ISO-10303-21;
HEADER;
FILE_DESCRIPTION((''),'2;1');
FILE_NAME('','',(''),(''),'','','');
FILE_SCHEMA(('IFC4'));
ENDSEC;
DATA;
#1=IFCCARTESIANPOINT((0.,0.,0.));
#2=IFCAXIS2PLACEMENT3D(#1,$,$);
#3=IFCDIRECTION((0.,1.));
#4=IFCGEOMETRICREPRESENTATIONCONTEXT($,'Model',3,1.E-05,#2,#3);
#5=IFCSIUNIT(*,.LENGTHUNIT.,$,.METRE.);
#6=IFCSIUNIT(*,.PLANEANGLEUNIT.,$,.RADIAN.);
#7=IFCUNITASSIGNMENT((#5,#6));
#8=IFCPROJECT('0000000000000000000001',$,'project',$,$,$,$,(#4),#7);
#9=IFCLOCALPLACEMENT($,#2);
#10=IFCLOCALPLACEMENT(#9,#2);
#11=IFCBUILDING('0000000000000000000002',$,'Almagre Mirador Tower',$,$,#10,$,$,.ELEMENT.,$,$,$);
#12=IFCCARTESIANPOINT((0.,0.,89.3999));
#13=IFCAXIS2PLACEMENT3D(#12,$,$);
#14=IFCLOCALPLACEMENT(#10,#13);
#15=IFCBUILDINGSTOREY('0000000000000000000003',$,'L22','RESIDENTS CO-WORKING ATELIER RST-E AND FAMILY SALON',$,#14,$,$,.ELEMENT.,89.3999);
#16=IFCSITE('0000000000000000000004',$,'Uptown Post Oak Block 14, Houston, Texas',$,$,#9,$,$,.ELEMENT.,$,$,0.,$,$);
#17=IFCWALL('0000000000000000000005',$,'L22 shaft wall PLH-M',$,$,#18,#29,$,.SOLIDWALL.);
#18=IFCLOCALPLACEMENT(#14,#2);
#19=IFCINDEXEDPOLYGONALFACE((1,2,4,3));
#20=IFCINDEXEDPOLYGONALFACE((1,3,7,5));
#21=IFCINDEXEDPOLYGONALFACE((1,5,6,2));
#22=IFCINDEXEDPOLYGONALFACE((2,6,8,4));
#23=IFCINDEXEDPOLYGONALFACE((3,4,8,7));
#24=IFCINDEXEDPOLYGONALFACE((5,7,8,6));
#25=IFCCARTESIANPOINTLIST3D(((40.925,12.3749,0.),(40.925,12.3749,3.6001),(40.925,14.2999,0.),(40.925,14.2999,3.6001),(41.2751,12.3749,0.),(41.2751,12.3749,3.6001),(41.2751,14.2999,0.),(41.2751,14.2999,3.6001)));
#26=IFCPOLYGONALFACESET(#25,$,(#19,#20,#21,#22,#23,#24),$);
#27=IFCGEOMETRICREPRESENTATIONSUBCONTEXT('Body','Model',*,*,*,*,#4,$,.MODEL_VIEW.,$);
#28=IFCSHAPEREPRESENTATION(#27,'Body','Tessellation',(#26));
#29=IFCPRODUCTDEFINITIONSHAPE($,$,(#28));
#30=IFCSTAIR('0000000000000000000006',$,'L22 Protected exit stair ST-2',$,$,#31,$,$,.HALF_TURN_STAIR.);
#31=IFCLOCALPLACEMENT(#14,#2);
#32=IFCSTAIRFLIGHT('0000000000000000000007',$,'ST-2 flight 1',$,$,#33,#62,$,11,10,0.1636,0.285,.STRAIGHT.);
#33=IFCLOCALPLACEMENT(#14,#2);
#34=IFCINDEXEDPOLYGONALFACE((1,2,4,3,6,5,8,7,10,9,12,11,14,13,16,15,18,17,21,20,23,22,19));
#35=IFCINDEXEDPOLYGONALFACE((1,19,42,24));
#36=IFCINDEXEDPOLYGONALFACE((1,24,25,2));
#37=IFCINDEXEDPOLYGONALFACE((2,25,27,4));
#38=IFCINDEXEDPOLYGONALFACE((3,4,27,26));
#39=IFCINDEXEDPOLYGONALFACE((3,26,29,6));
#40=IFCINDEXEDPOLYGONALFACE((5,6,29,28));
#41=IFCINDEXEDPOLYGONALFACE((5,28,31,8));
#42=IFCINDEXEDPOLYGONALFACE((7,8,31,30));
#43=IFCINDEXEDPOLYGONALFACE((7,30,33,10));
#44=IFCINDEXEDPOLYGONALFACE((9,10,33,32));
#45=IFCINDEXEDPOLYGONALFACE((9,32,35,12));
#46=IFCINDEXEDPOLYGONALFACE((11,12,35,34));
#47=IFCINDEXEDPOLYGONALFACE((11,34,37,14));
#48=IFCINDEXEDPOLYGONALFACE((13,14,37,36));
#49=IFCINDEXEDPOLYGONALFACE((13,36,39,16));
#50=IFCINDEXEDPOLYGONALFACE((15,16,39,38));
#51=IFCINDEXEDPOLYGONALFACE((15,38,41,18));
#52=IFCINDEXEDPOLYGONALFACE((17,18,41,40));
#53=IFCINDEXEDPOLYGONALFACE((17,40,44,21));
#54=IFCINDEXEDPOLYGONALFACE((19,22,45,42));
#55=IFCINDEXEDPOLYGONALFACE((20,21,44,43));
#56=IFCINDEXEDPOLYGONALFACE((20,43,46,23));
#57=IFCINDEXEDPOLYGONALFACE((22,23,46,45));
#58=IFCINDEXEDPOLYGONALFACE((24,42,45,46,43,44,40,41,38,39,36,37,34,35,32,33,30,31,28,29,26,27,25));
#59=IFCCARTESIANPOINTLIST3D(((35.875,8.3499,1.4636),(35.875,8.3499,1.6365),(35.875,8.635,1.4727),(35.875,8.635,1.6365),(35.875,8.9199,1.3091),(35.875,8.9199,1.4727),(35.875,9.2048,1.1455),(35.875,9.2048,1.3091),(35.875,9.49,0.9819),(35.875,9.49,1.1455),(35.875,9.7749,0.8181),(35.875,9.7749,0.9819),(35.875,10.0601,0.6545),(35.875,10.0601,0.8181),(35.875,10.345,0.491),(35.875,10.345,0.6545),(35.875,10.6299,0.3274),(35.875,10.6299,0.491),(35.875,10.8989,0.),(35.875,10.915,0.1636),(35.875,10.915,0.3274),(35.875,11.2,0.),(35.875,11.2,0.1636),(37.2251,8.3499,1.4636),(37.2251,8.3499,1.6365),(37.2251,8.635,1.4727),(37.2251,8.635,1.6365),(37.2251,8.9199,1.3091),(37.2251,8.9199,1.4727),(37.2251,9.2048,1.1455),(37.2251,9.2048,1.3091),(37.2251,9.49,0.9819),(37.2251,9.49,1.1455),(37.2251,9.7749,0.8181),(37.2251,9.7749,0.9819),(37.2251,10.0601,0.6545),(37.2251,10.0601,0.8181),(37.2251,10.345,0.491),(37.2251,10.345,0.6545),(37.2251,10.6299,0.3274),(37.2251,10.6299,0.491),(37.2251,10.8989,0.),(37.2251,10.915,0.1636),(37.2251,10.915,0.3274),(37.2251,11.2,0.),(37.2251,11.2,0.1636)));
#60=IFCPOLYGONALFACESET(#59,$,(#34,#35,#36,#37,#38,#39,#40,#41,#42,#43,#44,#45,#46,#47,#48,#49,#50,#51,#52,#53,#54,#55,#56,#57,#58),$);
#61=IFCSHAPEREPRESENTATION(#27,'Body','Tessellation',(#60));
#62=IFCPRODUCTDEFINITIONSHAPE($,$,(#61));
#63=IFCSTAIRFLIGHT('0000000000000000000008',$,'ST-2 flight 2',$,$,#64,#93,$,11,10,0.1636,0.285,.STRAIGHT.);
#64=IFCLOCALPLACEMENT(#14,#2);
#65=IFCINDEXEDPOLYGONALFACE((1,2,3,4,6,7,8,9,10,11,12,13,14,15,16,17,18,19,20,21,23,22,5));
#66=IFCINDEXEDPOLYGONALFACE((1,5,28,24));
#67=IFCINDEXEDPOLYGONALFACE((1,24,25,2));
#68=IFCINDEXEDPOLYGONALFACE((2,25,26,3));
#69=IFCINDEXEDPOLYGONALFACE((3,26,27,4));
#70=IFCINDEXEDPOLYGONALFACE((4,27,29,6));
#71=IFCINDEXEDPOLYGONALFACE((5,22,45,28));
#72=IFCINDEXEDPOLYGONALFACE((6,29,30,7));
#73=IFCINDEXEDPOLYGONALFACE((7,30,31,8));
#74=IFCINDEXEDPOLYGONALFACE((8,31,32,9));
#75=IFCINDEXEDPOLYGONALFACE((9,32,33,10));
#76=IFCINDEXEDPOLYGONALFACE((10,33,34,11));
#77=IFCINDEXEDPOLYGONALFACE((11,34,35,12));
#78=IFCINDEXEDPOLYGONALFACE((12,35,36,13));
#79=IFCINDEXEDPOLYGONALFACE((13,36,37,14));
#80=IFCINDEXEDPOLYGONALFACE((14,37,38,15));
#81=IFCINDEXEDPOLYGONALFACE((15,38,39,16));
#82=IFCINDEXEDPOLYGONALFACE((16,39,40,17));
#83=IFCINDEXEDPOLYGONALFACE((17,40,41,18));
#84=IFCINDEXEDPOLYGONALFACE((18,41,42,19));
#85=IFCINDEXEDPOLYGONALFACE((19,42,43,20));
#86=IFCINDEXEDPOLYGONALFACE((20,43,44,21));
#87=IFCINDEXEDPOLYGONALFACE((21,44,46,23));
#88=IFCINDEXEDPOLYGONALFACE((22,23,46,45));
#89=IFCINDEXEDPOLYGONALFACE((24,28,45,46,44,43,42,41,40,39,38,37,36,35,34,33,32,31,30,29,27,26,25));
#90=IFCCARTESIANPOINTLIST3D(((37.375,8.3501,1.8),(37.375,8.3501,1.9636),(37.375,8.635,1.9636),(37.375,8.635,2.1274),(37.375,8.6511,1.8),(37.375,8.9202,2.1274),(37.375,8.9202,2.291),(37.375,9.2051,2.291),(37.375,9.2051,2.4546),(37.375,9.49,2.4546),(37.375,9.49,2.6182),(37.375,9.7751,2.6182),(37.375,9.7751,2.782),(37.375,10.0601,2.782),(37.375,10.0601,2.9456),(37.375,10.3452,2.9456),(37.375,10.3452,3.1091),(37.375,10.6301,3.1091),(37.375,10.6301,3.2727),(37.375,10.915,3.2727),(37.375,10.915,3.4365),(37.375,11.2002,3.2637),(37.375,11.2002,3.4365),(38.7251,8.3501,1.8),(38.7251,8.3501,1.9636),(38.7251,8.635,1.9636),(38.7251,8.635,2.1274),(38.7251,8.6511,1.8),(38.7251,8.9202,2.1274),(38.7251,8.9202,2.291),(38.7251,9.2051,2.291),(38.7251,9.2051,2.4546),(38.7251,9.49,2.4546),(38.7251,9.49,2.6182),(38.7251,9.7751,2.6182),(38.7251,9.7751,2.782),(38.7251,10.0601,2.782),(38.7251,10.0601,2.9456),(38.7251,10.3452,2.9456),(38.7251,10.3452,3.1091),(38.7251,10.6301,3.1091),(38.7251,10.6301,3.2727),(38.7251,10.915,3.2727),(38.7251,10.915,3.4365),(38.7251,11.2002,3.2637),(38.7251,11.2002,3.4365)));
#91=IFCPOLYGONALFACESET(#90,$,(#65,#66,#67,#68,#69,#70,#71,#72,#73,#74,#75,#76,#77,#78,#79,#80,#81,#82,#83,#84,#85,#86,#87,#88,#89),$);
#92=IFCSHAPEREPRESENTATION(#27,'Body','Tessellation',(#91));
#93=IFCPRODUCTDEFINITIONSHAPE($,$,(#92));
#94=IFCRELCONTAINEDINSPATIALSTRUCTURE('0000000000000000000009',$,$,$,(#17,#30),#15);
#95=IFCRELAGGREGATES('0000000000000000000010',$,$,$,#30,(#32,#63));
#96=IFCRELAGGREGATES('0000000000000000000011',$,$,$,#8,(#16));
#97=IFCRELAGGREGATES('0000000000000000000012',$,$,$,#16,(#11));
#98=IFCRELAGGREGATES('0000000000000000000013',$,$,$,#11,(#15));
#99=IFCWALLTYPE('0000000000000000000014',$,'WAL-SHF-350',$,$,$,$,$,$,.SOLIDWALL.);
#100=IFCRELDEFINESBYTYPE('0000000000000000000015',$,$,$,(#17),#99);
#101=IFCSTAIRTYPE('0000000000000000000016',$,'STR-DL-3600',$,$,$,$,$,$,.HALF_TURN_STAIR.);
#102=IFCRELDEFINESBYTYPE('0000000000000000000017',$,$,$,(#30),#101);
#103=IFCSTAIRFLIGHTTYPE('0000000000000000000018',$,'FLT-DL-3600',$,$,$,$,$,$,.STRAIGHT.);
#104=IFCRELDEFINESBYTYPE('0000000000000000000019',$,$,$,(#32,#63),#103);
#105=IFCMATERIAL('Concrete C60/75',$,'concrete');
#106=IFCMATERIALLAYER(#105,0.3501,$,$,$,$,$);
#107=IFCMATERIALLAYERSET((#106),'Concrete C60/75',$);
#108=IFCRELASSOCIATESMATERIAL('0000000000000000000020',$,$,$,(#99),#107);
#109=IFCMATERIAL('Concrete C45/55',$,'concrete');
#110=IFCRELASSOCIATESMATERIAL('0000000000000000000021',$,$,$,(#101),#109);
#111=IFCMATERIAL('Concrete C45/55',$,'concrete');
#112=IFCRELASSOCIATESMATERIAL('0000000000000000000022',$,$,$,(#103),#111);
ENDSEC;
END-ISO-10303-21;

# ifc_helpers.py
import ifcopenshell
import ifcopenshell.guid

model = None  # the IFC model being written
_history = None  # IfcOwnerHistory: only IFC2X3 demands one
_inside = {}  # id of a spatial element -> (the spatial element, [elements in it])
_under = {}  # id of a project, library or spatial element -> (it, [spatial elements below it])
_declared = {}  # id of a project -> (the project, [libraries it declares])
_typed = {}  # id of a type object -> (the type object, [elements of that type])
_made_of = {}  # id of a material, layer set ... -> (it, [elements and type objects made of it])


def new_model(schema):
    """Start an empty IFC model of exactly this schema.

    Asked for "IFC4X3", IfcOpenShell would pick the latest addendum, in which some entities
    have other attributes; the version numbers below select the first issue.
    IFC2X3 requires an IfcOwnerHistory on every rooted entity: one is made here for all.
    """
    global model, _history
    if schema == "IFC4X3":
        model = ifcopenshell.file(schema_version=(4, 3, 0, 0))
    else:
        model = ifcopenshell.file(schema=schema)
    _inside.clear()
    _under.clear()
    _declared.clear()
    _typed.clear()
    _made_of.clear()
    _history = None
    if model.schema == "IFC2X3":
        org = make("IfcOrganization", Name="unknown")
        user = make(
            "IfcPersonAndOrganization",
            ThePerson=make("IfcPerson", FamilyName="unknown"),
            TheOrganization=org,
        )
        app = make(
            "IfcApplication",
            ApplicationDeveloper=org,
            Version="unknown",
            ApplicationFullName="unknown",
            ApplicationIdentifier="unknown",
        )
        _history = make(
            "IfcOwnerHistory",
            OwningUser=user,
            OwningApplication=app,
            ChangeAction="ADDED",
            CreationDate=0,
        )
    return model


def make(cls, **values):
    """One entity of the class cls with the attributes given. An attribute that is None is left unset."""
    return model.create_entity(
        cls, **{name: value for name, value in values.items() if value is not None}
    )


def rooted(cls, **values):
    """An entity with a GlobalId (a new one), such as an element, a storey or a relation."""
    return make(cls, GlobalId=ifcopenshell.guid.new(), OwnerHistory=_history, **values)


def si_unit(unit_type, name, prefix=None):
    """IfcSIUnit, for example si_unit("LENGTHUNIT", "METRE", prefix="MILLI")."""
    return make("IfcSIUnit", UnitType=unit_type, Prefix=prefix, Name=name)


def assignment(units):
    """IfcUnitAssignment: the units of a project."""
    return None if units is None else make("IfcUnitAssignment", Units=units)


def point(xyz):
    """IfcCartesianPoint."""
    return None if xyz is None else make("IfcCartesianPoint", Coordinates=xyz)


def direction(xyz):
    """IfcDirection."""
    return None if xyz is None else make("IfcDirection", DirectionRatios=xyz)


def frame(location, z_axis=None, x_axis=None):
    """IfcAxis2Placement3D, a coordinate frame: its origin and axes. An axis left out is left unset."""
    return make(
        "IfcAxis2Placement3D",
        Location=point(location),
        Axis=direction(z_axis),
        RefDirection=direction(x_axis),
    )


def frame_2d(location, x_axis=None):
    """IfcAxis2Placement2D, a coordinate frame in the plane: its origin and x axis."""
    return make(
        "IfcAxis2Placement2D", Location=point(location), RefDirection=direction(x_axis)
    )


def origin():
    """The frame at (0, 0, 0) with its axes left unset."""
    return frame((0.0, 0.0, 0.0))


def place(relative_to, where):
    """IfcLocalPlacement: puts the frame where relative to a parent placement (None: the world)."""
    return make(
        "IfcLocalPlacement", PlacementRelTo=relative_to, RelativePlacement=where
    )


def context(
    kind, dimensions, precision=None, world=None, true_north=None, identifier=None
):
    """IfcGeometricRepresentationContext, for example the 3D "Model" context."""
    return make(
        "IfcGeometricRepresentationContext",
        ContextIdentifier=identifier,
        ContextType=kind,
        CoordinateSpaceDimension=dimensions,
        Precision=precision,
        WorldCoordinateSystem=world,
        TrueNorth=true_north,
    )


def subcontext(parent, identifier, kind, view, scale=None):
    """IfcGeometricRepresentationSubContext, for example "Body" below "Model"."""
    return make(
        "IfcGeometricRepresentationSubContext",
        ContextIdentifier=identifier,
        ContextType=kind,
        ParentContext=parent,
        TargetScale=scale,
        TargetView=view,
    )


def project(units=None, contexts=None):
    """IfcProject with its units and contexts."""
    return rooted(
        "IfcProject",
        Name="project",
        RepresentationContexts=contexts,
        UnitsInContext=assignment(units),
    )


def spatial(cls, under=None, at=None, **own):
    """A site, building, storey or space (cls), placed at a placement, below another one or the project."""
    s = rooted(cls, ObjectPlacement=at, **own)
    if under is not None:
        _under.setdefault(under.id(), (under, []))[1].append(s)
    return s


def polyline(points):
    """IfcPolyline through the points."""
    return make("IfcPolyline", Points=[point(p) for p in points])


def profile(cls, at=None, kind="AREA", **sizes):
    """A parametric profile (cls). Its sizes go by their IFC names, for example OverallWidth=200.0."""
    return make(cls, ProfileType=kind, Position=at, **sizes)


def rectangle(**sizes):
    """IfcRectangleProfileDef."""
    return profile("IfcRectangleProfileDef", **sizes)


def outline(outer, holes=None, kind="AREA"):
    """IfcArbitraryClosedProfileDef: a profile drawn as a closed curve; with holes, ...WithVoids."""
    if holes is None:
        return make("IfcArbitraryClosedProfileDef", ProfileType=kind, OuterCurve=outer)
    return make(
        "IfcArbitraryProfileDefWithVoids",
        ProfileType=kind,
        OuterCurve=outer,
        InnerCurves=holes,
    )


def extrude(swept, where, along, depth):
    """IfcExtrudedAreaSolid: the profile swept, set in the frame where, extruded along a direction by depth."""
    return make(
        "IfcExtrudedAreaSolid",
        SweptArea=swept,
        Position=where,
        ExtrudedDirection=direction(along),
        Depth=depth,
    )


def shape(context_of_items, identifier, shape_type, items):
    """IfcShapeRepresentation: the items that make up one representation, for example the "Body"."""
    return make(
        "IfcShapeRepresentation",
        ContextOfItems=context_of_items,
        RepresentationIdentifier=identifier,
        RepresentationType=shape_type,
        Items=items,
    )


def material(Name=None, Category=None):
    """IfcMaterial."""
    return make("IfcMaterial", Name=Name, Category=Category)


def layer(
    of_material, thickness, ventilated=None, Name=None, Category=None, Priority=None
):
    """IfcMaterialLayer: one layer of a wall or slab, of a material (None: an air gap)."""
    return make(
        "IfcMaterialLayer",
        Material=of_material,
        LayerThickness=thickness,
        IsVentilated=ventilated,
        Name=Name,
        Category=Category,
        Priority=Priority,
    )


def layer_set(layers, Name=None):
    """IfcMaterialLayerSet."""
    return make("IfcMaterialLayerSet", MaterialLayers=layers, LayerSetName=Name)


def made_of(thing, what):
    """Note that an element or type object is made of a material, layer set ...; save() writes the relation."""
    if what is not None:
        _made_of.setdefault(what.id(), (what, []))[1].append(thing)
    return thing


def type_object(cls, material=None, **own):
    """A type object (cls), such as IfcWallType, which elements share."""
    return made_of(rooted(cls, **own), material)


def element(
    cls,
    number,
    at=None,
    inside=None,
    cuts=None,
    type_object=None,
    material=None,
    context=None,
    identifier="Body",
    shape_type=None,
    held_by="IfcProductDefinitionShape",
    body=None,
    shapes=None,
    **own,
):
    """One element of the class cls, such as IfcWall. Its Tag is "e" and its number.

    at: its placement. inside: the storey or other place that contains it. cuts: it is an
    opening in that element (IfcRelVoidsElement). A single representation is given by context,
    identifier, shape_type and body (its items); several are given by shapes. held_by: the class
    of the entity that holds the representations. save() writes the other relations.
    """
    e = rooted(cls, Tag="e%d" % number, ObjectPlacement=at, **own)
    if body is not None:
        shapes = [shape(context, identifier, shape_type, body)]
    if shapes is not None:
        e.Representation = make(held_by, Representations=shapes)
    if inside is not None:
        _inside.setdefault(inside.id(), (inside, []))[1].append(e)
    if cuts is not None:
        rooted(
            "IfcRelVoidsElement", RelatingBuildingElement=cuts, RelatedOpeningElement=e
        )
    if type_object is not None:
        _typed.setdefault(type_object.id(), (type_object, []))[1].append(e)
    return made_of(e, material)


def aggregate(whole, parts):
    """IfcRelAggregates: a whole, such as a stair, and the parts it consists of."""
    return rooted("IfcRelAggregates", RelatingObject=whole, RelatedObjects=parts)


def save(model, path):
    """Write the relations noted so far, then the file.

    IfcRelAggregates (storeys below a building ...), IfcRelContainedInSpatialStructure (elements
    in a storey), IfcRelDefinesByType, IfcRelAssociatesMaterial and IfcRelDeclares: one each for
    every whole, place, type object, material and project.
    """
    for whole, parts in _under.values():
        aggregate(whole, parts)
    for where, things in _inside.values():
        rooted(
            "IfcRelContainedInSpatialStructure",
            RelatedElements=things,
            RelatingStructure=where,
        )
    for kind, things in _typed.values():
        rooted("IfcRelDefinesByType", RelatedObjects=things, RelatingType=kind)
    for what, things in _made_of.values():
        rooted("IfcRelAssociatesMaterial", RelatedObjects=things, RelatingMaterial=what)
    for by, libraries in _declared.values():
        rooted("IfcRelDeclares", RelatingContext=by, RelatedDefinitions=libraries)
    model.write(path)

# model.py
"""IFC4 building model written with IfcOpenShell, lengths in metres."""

from ifc_helpers import new_model, si_unit, direction, frame, frame_2d, origin, place, context, subcontext, project, spatial, polyline, rectangle, outline, extrude, material, layer, layer_set, type_object, element, aggregate, save


model = new_model("IFC4")

# Units and contexts
model_context = context("Model", 3, precision=1e-05, world=origin(), true_north=direction((0.0, 1.0)))
body_context = subcontext(model_context, "Body", "Model", "MODEL_VIEW")
ifc_project = project(units=[si_unit("LENGTHUNIT", "METRE"), si_unit("PLANEANGLEUNIT", "RADIAN")], contexts=[model_context])

# Site, building, storey
site_placement = place(None, origin())
site = spatial("IfcSite", under=ifc_project, at=site_placement, Name="Uptown Post Oak Block 14, Houston, Texas", CompositionType="ELEMENT", RefElevation=0.0)
building_placement = place(site_placement, origin())
building = spatial("IfcBuilding", under=site, at=building_placement, Name="Almagre Mirador Tower", CompositionType="ELEMENT")
storey_placement = place(building_placement, frame((0.0, 0.0, 89.3999)))
storey = spatial("IfcBuildingStorey", under=building, at=storey_placement, Name="L22", Description="RESIDENTS CO-WORKING ATELIER RST-E AND FAMILY SALON", CompositionType="ELEMENT", Elevation=89.3999)

# Shared definitions
ifc_material_1 = material(Name="Concrete C60/75", Category="concrete")
ifc_layer = layer(ifc_material_1, 0.3501)
ifc_layer_set = layer_set([ifc_layer], Name="Concrete C60/75")
wall_type = type_object("IfcWallType", Name="WAL-SHF-350", PredefinedType="SOLIDWALL", material=ifc_layer_set)

# Wall
wall_1_placement = place(storey_placement, frame((41.1001, 12.375, 0.0), z_axis=(0.0, 0.0, 1.0), x_axis=(0.0, 1.0, 0.0)))
element("IfcWall", 1, at=wall_1_placement, inside=storey, type_object=wall_type, Name="L22 shaft wall PLH-M", PredefinedType="SOLIDWALL", context=body_context, shape_type="SweptSolid", body=[
    extrude(rectangle(XDim=1.925, YDim=0.3501, at=frame_2d((0.9624, 0.0))), origin(), (0.0, 0.0, 1.0), 3.6001),
])

# Stair, stair flights
ifc_material_2 = material(Name="Concrete C45/55", Category="concrete")
stair_type = type_object("IfcStairType", Name="STR-DL-3600", PredefinedType="HALF_TURN_STAIR", material=ifc_material_2)
stair_placement = place(storey_placement, origin())
stair = element("IfcStair", 2, at=stair_placement, inside=storey, type_object=stair_type, Name="L22 Protected exit stair ST-2", PredefinedType="HALF_TURN_STAIR")
ifc_material_3 = material(Name="Concrete C45/55", Category="concrete")
stair_flight_type = type_object("IfcStairFlightType", Name="FLT-DL-3600", PredefinedType="STRAIGHT", material=ifc_material_3)
stair_flight_1_placement = place(storey_placement, frame((36.55, 11.2, 0.0), z_axis=(0.0, 0.0, 1.0), x_axis=(0.0, -1.0, 0.0)))
stair_flight_1 = element("IfcStairFlight", 3, at=stair_flight_1_placement, type_object=stair_flight_type, Name="ST-2 flight 1", NumberOfRisers=11, NumberOfTreads=10, PredefinedType="STRAIGHT", RiserHeight=0.1636, TreadLength=0.285, context=body_context, shape_type="SweptSolid", body=[
    extrude(outline(polyline([(0.0, 0.0), (0.0, 0.1636), (0.2849, 0.1636), (0.2849, 0.3274), (0.5701, 0.3274), (0.5701, 0.491), (0.855, 0.491), (0.855, 0.6545), (1.1399, 0.6545), (1.1399, 0.8181), (1.425, 0.8181), (1.425, 0.9819), (1.71, 0.9819), (1.71, 1.1455), (1.9951, 1.1455), (1.9951, 1.3091), (2.28, 1.3091), (2.28, 1.4727), (2.5649, 1.4727), (2.5649, 1.6365), (2.8501, 1.6365), (2.8501, 1.8), (2.8501, 1.4636), (0.301, 0.0), (0.0, 0.0)])), frame((0.0, 0.675, 0.0), z_axis=(0.0, -1.0, 0.0), x_axis=(1.0, 0.0, 0.0)), (0.0, 0.0, 1.0), 1.3501),
])
stair_flight_2_placement = place(storey_placement, frame((38.05, 8.3501, 1.8), z_axis=(0.0, 0.0, 1.0), x_axis=(0.0, 1.0, 0.0)))
stair_flight_2 = element("IfcStairFlight", 4, at=stair_flight_2_placement, type_object=stair_flight_type, Name="ST-2 flight 2", NumberOfRisers=11, NumberOfTreads=10, PredefinedType="STRAIGHT", RiserHeight=0.1636, TreadLength=0.285, context=body_context, shape_type="SweptSolid", body=[
    extrude(outline(polyline([(0.0, 0.0), (0.0, 0.1636), (0.2849, 0.1636), (0.2849, 0.3274), (0.5701, 0.3274), (0.5701, 0.491), (0.855, 0.491), (0.855, 0.6545), (1.1399, 0.6545), (1.1399, 0.8181), (1.425, 0.8181), (1.425, 0.9819), (1.71, 0.9819), (1.71, 1.1455), (1.9951, 1.1455), (1.9951, 1.3091), (2.28, 1.3091), (2.28, 1.4727), (2.5649, 1.4727), (2.5649, 1.6365), (2.8501, 1.6365), (2.8501, 1.8), (2.8501, 1.4636), (0.301, 0.0), (0.0, 0.0)])), frame((0.0, 0.675, 0.0), z_axis=(0.0, -1.0, 0.0), x_axis=(1.0, 0.0, 0.0)), (0.0, 0.0, 1.0), 1.3501),
])
aggregate(stair, [stair_flight_1, stair_flight_2])

save(model, "model.ifc")
